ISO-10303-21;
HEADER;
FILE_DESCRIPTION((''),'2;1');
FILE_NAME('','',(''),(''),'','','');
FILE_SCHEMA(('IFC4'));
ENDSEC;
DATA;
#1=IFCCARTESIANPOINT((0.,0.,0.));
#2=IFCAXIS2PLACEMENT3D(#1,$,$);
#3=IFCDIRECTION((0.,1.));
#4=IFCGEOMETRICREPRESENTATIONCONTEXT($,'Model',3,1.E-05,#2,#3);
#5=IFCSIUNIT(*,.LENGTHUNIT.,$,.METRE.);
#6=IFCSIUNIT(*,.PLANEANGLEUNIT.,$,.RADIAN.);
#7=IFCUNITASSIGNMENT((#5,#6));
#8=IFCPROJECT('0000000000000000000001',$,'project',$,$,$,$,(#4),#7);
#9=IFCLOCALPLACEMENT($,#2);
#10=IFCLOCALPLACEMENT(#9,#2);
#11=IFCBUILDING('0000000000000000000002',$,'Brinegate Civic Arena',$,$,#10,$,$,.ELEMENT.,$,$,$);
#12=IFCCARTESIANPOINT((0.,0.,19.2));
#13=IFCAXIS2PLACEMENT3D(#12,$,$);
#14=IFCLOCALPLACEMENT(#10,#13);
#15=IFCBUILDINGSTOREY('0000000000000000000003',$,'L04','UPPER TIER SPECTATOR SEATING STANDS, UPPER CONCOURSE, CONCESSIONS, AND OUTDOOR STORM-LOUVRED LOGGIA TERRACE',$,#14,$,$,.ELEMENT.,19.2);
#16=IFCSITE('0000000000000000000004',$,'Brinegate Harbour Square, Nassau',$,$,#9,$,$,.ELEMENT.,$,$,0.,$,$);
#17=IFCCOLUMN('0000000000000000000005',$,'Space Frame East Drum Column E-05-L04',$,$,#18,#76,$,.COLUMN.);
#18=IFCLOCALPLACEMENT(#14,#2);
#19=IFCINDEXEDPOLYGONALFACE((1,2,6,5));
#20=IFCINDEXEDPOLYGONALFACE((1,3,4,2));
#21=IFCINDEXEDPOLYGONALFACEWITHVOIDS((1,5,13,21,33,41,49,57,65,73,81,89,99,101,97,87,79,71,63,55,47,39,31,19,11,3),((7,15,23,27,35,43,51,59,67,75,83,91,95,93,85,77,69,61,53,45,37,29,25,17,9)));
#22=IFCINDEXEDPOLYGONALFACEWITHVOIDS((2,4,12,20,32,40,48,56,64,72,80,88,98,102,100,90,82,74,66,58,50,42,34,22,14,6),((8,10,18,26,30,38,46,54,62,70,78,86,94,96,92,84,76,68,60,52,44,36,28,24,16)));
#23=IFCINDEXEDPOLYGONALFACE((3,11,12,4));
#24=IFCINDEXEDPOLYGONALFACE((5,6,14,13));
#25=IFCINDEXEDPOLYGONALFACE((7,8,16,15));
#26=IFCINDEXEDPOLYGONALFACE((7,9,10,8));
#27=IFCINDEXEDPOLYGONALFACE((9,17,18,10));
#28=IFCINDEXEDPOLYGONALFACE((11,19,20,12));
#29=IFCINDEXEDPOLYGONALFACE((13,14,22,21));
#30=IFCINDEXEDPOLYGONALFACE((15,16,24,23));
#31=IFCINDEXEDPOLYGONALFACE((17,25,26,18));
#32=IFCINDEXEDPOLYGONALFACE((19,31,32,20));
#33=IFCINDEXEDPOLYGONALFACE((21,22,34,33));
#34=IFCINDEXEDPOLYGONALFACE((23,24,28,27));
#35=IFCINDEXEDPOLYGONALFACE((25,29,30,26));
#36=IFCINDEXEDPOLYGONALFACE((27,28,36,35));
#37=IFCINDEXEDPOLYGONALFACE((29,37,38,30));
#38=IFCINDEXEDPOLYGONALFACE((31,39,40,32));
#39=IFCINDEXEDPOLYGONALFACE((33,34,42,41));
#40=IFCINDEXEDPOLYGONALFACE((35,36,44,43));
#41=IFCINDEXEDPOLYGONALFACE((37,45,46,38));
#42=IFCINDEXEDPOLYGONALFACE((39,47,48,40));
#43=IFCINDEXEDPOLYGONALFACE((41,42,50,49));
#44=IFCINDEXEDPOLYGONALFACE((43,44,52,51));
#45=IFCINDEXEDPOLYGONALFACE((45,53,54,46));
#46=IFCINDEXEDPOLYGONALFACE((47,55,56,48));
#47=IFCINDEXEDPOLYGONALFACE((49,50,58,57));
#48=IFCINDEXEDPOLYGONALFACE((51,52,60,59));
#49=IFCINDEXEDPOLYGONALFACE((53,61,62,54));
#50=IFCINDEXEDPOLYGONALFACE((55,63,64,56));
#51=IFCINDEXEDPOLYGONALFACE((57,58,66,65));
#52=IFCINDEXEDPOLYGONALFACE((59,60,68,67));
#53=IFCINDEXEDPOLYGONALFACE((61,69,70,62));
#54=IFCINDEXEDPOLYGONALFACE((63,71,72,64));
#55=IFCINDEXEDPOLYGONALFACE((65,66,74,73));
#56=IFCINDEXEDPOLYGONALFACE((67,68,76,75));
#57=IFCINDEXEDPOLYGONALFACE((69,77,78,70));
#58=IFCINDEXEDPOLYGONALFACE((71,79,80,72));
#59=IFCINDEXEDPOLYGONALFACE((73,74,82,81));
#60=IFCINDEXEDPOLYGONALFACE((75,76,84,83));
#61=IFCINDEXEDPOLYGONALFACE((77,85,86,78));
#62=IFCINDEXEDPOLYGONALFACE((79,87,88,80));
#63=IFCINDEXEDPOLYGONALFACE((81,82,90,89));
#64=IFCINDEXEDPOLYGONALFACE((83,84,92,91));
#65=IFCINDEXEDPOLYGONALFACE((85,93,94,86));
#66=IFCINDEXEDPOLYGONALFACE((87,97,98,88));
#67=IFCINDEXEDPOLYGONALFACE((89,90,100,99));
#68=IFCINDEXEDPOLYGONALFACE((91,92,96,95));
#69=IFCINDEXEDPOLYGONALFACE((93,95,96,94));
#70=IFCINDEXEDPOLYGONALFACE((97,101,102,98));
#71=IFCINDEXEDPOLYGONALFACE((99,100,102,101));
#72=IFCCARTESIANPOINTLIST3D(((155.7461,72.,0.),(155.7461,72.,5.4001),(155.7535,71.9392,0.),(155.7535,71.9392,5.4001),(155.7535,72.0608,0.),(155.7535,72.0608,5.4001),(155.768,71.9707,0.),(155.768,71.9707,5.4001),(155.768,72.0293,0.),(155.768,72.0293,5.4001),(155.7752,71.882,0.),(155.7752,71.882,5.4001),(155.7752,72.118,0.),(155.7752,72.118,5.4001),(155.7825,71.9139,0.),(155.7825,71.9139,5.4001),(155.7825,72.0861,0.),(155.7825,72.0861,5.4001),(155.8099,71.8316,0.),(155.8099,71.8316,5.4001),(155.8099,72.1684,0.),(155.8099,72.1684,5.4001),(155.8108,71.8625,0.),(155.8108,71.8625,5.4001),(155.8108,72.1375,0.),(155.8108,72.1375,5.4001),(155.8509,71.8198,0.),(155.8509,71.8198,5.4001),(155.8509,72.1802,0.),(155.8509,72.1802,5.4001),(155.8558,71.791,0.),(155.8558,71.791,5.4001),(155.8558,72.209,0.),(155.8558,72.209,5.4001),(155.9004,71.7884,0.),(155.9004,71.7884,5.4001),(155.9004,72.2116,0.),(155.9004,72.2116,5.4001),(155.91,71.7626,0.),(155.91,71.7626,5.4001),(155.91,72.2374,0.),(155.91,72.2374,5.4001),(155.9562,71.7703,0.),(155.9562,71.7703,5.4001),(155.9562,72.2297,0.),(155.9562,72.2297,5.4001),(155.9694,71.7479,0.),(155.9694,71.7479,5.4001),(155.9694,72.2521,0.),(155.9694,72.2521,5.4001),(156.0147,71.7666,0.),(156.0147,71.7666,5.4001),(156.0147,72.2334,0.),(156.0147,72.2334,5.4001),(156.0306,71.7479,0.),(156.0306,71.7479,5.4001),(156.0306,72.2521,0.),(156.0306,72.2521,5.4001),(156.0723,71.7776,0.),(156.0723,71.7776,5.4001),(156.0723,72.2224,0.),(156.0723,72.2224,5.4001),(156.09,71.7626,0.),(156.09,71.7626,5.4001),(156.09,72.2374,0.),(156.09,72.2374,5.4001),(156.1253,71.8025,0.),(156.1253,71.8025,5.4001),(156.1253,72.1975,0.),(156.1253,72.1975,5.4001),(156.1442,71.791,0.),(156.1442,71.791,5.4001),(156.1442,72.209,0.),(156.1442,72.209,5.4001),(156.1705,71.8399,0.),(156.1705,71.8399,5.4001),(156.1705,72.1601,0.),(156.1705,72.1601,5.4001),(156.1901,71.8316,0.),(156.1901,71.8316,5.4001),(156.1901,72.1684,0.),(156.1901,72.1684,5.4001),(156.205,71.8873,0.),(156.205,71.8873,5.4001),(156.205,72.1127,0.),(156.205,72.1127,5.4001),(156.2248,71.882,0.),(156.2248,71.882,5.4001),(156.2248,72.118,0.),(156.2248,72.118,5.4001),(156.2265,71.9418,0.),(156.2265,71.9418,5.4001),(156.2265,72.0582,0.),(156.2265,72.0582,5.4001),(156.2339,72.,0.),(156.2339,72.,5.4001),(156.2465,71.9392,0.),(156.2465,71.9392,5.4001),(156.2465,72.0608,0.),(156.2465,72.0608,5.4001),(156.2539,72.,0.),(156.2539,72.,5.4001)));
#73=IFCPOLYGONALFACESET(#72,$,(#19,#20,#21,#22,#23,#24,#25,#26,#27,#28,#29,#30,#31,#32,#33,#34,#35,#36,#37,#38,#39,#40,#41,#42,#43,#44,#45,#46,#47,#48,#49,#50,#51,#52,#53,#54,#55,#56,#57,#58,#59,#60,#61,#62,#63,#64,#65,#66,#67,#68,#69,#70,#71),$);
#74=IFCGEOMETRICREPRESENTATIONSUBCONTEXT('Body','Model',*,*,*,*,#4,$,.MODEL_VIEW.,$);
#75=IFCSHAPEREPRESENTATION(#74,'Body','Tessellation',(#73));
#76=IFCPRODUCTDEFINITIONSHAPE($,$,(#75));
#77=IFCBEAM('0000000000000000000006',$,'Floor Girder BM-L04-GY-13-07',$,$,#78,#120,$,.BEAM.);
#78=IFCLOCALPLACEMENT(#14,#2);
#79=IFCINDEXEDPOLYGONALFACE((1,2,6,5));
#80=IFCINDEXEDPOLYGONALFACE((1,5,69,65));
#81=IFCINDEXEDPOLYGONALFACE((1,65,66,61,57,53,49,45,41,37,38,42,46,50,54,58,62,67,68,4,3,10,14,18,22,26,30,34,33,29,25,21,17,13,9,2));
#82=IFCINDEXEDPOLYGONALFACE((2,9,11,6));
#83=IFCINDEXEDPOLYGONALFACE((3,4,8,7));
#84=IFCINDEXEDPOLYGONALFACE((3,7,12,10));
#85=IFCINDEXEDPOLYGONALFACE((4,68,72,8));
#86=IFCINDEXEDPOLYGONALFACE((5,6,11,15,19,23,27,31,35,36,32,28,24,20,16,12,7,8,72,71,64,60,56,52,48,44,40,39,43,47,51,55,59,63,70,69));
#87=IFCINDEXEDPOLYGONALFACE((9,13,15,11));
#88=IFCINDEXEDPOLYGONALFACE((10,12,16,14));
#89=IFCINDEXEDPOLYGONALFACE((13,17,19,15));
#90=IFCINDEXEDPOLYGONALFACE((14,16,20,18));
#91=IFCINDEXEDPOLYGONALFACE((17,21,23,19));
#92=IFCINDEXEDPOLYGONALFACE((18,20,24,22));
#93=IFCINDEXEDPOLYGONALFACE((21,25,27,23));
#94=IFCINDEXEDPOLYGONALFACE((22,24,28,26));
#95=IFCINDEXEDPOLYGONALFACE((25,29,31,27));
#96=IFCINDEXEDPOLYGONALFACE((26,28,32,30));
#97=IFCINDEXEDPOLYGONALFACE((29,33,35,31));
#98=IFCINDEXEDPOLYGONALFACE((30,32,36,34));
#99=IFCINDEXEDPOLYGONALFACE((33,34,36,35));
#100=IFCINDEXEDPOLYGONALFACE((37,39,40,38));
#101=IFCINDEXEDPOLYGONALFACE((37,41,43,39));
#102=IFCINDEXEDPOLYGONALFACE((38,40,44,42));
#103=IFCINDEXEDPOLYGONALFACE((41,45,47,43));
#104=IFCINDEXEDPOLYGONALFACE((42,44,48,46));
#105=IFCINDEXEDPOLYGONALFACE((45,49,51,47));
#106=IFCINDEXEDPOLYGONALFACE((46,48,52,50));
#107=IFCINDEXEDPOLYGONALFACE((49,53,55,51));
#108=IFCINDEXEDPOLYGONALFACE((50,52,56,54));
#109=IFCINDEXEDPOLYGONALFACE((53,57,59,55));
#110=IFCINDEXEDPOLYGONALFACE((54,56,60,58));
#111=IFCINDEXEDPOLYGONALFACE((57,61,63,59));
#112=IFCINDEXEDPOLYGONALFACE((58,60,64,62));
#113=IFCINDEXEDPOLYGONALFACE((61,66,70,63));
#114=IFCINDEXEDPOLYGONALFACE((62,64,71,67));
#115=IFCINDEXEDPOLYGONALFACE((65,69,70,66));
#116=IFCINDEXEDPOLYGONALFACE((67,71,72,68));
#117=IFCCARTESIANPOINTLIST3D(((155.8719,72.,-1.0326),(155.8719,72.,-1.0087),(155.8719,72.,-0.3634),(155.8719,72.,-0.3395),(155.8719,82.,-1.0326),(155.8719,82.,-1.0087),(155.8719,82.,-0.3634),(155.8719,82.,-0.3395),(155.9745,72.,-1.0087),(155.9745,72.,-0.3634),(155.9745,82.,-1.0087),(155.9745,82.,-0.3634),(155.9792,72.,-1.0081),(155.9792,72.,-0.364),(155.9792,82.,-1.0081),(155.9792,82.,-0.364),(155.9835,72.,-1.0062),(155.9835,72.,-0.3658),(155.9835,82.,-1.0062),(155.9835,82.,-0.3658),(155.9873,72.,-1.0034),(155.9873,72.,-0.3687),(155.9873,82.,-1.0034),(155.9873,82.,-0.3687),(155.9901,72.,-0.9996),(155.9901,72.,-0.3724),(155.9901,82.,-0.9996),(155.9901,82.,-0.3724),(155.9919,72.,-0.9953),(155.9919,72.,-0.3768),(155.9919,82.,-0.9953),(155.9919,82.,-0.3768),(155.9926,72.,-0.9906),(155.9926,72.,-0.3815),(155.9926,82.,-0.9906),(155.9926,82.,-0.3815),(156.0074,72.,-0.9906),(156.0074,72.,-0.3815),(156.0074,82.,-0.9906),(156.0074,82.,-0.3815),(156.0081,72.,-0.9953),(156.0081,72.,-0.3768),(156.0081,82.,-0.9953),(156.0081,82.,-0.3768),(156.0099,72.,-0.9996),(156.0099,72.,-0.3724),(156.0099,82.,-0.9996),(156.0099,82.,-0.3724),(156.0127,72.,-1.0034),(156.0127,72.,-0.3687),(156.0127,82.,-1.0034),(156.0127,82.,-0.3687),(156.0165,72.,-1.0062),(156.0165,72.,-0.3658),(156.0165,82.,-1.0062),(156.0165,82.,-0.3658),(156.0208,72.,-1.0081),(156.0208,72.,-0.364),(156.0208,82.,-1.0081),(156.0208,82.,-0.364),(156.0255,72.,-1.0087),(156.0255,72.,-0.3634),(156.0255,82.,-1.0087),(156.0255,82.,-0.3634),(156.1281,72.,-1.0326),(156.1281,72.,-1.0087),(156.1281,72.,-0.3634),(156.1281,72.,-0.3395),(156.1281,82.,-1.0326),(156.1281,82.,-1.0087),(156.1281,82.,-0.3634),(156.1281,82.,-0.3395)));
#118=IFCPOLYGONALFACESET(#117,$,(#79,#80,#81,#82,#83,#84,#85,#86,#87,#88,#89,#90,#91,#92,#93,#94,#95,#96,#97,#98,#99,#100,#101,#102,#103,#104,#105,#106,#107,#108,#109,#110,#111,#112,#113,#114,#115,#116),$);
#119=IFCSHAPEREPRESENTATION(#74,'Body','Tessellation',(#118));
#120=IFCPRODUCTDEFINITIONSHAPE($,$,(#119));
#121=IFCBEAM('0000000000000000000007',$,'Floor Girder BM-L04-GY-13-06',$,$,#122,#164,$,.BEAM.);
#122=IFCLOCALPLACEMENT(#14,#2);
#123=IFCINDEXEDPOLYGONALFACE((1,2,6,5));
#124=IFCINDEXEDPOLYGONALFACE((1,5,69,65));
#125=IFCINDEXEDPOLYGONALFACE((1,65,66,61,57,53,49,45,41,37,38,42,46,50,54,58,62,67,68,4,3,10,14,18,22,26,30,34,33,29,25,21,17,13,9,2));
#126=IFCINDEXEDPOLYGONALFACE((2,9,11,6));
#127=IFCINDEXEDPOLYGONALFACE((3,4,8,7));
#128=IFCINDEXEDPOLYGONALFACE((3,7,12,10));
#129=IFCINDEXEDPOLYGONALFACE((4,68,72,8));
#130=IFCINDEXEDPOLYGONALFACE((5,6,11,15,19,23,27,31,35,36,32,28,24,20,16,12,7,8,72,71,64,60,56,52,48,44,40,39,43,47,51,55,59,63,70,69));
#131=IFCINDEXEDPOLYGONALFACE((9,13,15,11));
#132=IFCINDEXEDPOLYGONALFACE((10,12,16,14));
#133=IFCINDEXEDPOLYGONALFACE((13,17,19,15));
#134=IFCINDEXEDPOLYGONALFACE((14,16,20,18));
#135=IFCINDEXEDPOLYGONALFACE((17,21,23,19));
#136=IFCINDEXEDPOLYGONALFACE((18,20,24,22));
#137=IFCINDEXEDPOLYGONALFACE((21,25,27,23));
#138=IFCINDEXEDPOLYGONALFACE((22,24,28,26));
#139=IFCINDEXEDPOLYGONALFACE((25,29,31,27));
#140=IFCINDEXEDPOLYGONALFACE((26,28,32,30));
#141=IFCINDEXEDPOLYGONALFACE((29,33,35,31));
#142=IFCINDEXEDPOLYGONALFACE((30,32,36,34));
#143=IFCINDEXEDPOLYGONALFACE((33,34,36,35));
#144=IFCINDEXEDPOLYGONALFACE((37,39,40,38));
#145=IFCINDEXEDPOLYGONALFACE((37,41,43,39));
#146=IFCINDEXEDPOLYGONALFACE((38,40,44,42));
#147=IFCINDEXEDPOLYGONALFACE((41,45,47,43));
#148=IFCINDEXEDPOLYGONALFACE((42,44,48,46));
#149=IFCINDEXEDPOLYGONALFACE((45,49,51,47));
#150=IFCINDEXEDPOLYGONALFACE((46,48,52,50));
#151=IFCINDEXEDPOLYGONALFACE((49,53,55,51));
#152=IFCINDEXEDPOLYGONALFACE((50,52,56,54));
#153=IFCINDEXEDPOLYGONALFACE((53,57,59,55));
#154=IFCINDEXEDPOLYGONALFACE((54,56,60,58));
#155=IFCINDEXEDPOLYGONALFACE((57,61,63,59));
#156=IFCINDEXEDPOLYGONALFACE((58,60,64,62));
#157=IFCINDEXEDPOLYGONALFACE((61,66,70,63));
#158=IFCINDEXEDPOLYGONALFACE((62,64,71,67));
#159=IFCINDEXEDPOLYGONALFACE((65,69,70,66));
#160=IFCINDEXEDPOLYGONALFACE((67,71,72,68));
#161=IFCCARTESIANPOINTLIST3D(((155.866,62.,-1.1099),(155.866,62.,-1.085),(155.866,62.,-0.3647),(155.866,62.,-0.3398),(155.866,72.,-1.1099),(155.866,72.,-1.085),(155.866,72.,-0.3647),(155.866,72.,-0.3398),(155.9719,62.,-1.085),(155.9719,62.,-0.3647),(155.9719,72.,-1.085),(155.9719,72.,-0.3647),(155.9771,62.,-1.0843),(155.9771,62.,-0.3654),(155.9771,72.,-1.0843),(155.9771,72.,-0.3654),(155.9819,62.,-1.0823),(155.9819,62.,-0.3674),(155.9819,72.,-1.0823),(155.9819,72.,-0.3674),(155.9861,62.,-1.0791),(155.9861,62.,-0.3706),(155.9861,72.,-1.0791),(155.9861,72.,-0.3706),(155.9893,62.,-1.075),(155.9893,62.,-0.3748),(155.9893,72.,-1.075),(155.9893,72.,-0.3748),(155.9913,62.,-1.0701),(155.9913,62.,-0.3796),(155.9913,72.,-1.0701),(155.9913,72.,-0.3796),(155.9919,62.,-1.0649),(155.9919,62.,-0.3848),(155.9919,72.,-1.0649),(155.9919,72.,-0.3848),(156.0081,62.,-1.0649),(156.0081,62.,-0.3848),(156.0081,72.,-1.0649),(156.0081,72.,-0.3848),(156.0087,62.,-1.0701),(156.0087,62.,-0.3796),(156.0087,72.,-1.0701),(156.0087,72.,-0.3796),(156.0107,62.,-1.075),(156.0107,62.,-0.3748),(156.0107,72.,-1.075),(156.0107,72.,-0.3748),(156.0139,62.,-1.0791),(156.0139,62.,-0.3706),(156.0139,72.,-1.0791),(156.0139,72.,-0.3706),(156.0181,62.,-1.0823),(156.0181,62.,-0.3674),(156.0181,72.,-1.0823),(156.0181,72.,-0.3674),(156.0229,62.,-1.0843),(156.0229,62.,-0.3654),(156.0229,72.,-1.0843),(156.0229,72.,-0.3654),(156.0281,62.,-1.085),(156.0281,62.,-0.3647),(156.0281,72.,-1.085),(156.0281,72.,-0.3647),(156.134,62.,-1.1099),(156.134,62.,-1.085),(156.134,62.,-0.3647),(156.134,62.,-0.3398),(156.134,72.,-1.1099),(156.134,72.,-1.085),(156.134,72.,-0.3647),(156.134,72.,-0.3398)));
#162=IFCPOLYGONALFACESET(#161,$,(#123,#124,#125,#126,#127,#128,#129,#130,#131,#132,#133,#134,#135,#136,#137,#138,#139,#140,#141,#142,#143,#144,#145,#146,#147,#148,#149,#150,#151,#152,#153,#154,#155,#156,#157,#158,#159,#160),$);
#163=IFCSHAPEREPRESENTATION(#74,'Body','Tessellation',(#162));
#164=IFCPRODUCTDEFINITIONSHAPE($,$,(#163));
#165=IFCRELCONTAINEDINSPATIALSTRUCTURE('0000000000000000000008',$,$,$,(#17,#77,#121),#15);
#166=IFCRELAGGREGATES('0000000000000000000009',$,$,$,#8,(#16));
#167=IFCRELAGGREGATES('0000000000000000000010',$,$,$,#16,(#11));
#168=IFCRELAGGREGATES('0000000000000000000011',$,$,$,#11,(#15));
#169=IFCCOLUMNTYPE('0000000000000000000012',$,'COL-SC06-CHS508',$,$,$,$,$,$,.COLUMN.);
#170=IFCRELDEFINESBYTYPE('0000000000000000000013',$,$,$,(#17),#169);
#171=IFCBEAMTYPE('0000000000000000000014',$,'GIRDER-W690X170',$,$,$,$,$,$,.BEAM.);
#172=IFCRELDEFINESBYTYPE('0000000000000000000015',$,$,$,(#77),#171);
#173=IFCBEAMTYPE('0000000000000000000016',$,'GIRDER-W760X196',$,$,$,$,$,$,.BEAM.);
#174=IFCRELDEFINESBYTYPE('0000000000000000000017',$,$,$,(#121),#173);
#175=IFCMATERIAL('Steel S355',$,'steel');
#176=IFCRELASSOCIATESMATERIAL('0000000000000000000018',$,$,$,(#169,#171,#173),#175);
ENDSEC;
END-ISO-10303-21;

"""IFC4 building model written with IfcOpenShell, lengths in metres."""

from ifc_helpers import new_model, si_unit, direction, frame, origin, origin_2d, place, context, subcontext, project, spatial, hollow_circle, i_section, extrude, material, material_profile, profile_set, type_object, element, save


model = new_model("IFC4")

# Units and contexts
model_context = context("Model", 3, precision=1e-05, world=origin(), true_north=direction((0.0, 1.0)))
body_context = subcontext(model_context, "Body", "Model", "MODEL_VIEW")
ifc_project = project(units=[si_unit("LENGTHUNIT", "METRE"), si_unit("PLANEANGLEUNIT", "RADIAN")], contexts=[model_context])

# Site, building, storey
site_placement = place(None, origin())
site = spatial("IfcSite", under=ifc_project, at=site_placement, Name="Brinegate Harbour Square, Nassau", CompositionType="ELEMENT", RefElevation=0.0)
building_placement = place(site_placement, origin())
building = spatial("IfcBuilding", under=site, at=building_placement, Name="Brinegate Civic Arena", CompositionType="ELEMENT")
storey_placement = place(building_placement, frame((0.0, 0.0, 19.2)))
storey = spatial("IfcBuildingStorey", under=building, at=storey_placement, Name="L04", Description="UPPER TIER SPECTATOR SEATING STANDS, UPPER CONCOURSE, CONCESSIONS, AND OUTDOOR STORM-LOUVRED LOGGIA TERRACE", CompositionType="ELEMENT", Elevation=19.2)

# Column
ifc_material_1 = material(Name="Steel S355", Category="steel")
ifc_material_profile_1 = material_profile(ifc_material_1, hollow_circle(Radius=0.2539, WallThickness=0.02, at=origin_2d()), Name="CHS508X20")
ifc_profile_set_1 = profile_set([ifc_material_profile_1], Name="Steel S355")
column_type = type_object("IfcColumnType", Name="COL-SC06-CHS508", PredefinedType="COLUMN", material=ifc_profile_set_1)
column_placement = place(storey_placement, frame((156.0, 72.0, 0.0), z_axis=(0.0, 0.0, 1.0), x_axis=(1.0, 0.0, 0.0)))
element("IfcColumn", 1, at=column_placement, inside=storey, type_object=column_type, Name="Space Frame East Drum Column E-05-L04", PredefinedType="COLUMN", context=body_context, shape_type="SweptSolid", body=[
    extrude(hollow_circle(Radius=0.2539, WallThickness=0.02, at=origin_2d()), origin(), (0.0, 0.0, 1.0), 5.4001),
])

# Beams
ifc_material_profile_2 = material_profile(ifc_material_1, i_section(OverallWidth=0.2561, OverallDepth=0.6931, WebThickness=0.0149, FlangeThickness=0.0239, FilletRadius=0.0181, at=origin_2d()), Name="W690X170")
ifc_profile_set_2 = profile_set([ifc_material_profile_2], Name="Steel S355")
beam_type_1 = type_object("IfcBeamType", Name="GIRDER-W690X170", PredefinedType="BEAM", material=ifc_profile_set_2)
beam_1_placement = place(storey_placement, frame((156.0, 72.0, -0.686), z_axis=(0.0, 1.0, 0.0), x_axis=(-1.0, 0.0, 0.0)))
element("IfcBeam", 2, at=beam_1_placement, inside=storey, type_object=beam_type_1, Name="Floor Girder BM-L04-GY-13-07", PredefinedType="BEAM", context=body_context, shape_type="SweptSolid", body=[
    extrude(i_section(OverallWidth=0.2561, OverallDepth=0.6931, WebThickness=0.0149, FlangeThickness=0.0239, FilletRadius=0.0181, at=origin_2d()), origin(), (0.0, 0.0, 1.0), 10.0),
])
ifc_material_profile_3 = material_profile(ifc_material_1, i_section(OverallWidth=0.2681, OverallDepth=0.77, WebThickness=0.0161, FlangeThickness=0.0249, FilletRadius=0.02, at=origin_2d()), Name="W760X196")
ifc_profile_set_3 = profile_set([ifc_material_profile_3], Name="Steel S355")
beam_type_2 = type_object("IfcBeamType", Name="GIRDER-W760X196", PredefinedType="BEAM", material=ifc_profile_set_3)
beam_2_placement = place(storey_placement, frame((156.0, 62.0, -0.7249), z_axis=(0.0, 1.0, 0.0), x_axis=(-1.0, 0.0, 0.0)))
element("IfcBeam", 3, at=beam_2_placement, inside=storey, type_object=beam_type_2, Name="Floor Girder BM-L04-GY-13-06", PredefinedType="BEAM", context=body_context, shape_type="SweptSolid", body=[
    extrude(i_section(OverallWidth=0.2681, OverallDepth=0.77, WebThickness=0.0161, FlangeThickness=0.0249, FilletRadius=0.02, at=origin_2d()), origin(), (0.0, 0.0, 1.0), 10.0),
])

save(model, "model.ifc")
